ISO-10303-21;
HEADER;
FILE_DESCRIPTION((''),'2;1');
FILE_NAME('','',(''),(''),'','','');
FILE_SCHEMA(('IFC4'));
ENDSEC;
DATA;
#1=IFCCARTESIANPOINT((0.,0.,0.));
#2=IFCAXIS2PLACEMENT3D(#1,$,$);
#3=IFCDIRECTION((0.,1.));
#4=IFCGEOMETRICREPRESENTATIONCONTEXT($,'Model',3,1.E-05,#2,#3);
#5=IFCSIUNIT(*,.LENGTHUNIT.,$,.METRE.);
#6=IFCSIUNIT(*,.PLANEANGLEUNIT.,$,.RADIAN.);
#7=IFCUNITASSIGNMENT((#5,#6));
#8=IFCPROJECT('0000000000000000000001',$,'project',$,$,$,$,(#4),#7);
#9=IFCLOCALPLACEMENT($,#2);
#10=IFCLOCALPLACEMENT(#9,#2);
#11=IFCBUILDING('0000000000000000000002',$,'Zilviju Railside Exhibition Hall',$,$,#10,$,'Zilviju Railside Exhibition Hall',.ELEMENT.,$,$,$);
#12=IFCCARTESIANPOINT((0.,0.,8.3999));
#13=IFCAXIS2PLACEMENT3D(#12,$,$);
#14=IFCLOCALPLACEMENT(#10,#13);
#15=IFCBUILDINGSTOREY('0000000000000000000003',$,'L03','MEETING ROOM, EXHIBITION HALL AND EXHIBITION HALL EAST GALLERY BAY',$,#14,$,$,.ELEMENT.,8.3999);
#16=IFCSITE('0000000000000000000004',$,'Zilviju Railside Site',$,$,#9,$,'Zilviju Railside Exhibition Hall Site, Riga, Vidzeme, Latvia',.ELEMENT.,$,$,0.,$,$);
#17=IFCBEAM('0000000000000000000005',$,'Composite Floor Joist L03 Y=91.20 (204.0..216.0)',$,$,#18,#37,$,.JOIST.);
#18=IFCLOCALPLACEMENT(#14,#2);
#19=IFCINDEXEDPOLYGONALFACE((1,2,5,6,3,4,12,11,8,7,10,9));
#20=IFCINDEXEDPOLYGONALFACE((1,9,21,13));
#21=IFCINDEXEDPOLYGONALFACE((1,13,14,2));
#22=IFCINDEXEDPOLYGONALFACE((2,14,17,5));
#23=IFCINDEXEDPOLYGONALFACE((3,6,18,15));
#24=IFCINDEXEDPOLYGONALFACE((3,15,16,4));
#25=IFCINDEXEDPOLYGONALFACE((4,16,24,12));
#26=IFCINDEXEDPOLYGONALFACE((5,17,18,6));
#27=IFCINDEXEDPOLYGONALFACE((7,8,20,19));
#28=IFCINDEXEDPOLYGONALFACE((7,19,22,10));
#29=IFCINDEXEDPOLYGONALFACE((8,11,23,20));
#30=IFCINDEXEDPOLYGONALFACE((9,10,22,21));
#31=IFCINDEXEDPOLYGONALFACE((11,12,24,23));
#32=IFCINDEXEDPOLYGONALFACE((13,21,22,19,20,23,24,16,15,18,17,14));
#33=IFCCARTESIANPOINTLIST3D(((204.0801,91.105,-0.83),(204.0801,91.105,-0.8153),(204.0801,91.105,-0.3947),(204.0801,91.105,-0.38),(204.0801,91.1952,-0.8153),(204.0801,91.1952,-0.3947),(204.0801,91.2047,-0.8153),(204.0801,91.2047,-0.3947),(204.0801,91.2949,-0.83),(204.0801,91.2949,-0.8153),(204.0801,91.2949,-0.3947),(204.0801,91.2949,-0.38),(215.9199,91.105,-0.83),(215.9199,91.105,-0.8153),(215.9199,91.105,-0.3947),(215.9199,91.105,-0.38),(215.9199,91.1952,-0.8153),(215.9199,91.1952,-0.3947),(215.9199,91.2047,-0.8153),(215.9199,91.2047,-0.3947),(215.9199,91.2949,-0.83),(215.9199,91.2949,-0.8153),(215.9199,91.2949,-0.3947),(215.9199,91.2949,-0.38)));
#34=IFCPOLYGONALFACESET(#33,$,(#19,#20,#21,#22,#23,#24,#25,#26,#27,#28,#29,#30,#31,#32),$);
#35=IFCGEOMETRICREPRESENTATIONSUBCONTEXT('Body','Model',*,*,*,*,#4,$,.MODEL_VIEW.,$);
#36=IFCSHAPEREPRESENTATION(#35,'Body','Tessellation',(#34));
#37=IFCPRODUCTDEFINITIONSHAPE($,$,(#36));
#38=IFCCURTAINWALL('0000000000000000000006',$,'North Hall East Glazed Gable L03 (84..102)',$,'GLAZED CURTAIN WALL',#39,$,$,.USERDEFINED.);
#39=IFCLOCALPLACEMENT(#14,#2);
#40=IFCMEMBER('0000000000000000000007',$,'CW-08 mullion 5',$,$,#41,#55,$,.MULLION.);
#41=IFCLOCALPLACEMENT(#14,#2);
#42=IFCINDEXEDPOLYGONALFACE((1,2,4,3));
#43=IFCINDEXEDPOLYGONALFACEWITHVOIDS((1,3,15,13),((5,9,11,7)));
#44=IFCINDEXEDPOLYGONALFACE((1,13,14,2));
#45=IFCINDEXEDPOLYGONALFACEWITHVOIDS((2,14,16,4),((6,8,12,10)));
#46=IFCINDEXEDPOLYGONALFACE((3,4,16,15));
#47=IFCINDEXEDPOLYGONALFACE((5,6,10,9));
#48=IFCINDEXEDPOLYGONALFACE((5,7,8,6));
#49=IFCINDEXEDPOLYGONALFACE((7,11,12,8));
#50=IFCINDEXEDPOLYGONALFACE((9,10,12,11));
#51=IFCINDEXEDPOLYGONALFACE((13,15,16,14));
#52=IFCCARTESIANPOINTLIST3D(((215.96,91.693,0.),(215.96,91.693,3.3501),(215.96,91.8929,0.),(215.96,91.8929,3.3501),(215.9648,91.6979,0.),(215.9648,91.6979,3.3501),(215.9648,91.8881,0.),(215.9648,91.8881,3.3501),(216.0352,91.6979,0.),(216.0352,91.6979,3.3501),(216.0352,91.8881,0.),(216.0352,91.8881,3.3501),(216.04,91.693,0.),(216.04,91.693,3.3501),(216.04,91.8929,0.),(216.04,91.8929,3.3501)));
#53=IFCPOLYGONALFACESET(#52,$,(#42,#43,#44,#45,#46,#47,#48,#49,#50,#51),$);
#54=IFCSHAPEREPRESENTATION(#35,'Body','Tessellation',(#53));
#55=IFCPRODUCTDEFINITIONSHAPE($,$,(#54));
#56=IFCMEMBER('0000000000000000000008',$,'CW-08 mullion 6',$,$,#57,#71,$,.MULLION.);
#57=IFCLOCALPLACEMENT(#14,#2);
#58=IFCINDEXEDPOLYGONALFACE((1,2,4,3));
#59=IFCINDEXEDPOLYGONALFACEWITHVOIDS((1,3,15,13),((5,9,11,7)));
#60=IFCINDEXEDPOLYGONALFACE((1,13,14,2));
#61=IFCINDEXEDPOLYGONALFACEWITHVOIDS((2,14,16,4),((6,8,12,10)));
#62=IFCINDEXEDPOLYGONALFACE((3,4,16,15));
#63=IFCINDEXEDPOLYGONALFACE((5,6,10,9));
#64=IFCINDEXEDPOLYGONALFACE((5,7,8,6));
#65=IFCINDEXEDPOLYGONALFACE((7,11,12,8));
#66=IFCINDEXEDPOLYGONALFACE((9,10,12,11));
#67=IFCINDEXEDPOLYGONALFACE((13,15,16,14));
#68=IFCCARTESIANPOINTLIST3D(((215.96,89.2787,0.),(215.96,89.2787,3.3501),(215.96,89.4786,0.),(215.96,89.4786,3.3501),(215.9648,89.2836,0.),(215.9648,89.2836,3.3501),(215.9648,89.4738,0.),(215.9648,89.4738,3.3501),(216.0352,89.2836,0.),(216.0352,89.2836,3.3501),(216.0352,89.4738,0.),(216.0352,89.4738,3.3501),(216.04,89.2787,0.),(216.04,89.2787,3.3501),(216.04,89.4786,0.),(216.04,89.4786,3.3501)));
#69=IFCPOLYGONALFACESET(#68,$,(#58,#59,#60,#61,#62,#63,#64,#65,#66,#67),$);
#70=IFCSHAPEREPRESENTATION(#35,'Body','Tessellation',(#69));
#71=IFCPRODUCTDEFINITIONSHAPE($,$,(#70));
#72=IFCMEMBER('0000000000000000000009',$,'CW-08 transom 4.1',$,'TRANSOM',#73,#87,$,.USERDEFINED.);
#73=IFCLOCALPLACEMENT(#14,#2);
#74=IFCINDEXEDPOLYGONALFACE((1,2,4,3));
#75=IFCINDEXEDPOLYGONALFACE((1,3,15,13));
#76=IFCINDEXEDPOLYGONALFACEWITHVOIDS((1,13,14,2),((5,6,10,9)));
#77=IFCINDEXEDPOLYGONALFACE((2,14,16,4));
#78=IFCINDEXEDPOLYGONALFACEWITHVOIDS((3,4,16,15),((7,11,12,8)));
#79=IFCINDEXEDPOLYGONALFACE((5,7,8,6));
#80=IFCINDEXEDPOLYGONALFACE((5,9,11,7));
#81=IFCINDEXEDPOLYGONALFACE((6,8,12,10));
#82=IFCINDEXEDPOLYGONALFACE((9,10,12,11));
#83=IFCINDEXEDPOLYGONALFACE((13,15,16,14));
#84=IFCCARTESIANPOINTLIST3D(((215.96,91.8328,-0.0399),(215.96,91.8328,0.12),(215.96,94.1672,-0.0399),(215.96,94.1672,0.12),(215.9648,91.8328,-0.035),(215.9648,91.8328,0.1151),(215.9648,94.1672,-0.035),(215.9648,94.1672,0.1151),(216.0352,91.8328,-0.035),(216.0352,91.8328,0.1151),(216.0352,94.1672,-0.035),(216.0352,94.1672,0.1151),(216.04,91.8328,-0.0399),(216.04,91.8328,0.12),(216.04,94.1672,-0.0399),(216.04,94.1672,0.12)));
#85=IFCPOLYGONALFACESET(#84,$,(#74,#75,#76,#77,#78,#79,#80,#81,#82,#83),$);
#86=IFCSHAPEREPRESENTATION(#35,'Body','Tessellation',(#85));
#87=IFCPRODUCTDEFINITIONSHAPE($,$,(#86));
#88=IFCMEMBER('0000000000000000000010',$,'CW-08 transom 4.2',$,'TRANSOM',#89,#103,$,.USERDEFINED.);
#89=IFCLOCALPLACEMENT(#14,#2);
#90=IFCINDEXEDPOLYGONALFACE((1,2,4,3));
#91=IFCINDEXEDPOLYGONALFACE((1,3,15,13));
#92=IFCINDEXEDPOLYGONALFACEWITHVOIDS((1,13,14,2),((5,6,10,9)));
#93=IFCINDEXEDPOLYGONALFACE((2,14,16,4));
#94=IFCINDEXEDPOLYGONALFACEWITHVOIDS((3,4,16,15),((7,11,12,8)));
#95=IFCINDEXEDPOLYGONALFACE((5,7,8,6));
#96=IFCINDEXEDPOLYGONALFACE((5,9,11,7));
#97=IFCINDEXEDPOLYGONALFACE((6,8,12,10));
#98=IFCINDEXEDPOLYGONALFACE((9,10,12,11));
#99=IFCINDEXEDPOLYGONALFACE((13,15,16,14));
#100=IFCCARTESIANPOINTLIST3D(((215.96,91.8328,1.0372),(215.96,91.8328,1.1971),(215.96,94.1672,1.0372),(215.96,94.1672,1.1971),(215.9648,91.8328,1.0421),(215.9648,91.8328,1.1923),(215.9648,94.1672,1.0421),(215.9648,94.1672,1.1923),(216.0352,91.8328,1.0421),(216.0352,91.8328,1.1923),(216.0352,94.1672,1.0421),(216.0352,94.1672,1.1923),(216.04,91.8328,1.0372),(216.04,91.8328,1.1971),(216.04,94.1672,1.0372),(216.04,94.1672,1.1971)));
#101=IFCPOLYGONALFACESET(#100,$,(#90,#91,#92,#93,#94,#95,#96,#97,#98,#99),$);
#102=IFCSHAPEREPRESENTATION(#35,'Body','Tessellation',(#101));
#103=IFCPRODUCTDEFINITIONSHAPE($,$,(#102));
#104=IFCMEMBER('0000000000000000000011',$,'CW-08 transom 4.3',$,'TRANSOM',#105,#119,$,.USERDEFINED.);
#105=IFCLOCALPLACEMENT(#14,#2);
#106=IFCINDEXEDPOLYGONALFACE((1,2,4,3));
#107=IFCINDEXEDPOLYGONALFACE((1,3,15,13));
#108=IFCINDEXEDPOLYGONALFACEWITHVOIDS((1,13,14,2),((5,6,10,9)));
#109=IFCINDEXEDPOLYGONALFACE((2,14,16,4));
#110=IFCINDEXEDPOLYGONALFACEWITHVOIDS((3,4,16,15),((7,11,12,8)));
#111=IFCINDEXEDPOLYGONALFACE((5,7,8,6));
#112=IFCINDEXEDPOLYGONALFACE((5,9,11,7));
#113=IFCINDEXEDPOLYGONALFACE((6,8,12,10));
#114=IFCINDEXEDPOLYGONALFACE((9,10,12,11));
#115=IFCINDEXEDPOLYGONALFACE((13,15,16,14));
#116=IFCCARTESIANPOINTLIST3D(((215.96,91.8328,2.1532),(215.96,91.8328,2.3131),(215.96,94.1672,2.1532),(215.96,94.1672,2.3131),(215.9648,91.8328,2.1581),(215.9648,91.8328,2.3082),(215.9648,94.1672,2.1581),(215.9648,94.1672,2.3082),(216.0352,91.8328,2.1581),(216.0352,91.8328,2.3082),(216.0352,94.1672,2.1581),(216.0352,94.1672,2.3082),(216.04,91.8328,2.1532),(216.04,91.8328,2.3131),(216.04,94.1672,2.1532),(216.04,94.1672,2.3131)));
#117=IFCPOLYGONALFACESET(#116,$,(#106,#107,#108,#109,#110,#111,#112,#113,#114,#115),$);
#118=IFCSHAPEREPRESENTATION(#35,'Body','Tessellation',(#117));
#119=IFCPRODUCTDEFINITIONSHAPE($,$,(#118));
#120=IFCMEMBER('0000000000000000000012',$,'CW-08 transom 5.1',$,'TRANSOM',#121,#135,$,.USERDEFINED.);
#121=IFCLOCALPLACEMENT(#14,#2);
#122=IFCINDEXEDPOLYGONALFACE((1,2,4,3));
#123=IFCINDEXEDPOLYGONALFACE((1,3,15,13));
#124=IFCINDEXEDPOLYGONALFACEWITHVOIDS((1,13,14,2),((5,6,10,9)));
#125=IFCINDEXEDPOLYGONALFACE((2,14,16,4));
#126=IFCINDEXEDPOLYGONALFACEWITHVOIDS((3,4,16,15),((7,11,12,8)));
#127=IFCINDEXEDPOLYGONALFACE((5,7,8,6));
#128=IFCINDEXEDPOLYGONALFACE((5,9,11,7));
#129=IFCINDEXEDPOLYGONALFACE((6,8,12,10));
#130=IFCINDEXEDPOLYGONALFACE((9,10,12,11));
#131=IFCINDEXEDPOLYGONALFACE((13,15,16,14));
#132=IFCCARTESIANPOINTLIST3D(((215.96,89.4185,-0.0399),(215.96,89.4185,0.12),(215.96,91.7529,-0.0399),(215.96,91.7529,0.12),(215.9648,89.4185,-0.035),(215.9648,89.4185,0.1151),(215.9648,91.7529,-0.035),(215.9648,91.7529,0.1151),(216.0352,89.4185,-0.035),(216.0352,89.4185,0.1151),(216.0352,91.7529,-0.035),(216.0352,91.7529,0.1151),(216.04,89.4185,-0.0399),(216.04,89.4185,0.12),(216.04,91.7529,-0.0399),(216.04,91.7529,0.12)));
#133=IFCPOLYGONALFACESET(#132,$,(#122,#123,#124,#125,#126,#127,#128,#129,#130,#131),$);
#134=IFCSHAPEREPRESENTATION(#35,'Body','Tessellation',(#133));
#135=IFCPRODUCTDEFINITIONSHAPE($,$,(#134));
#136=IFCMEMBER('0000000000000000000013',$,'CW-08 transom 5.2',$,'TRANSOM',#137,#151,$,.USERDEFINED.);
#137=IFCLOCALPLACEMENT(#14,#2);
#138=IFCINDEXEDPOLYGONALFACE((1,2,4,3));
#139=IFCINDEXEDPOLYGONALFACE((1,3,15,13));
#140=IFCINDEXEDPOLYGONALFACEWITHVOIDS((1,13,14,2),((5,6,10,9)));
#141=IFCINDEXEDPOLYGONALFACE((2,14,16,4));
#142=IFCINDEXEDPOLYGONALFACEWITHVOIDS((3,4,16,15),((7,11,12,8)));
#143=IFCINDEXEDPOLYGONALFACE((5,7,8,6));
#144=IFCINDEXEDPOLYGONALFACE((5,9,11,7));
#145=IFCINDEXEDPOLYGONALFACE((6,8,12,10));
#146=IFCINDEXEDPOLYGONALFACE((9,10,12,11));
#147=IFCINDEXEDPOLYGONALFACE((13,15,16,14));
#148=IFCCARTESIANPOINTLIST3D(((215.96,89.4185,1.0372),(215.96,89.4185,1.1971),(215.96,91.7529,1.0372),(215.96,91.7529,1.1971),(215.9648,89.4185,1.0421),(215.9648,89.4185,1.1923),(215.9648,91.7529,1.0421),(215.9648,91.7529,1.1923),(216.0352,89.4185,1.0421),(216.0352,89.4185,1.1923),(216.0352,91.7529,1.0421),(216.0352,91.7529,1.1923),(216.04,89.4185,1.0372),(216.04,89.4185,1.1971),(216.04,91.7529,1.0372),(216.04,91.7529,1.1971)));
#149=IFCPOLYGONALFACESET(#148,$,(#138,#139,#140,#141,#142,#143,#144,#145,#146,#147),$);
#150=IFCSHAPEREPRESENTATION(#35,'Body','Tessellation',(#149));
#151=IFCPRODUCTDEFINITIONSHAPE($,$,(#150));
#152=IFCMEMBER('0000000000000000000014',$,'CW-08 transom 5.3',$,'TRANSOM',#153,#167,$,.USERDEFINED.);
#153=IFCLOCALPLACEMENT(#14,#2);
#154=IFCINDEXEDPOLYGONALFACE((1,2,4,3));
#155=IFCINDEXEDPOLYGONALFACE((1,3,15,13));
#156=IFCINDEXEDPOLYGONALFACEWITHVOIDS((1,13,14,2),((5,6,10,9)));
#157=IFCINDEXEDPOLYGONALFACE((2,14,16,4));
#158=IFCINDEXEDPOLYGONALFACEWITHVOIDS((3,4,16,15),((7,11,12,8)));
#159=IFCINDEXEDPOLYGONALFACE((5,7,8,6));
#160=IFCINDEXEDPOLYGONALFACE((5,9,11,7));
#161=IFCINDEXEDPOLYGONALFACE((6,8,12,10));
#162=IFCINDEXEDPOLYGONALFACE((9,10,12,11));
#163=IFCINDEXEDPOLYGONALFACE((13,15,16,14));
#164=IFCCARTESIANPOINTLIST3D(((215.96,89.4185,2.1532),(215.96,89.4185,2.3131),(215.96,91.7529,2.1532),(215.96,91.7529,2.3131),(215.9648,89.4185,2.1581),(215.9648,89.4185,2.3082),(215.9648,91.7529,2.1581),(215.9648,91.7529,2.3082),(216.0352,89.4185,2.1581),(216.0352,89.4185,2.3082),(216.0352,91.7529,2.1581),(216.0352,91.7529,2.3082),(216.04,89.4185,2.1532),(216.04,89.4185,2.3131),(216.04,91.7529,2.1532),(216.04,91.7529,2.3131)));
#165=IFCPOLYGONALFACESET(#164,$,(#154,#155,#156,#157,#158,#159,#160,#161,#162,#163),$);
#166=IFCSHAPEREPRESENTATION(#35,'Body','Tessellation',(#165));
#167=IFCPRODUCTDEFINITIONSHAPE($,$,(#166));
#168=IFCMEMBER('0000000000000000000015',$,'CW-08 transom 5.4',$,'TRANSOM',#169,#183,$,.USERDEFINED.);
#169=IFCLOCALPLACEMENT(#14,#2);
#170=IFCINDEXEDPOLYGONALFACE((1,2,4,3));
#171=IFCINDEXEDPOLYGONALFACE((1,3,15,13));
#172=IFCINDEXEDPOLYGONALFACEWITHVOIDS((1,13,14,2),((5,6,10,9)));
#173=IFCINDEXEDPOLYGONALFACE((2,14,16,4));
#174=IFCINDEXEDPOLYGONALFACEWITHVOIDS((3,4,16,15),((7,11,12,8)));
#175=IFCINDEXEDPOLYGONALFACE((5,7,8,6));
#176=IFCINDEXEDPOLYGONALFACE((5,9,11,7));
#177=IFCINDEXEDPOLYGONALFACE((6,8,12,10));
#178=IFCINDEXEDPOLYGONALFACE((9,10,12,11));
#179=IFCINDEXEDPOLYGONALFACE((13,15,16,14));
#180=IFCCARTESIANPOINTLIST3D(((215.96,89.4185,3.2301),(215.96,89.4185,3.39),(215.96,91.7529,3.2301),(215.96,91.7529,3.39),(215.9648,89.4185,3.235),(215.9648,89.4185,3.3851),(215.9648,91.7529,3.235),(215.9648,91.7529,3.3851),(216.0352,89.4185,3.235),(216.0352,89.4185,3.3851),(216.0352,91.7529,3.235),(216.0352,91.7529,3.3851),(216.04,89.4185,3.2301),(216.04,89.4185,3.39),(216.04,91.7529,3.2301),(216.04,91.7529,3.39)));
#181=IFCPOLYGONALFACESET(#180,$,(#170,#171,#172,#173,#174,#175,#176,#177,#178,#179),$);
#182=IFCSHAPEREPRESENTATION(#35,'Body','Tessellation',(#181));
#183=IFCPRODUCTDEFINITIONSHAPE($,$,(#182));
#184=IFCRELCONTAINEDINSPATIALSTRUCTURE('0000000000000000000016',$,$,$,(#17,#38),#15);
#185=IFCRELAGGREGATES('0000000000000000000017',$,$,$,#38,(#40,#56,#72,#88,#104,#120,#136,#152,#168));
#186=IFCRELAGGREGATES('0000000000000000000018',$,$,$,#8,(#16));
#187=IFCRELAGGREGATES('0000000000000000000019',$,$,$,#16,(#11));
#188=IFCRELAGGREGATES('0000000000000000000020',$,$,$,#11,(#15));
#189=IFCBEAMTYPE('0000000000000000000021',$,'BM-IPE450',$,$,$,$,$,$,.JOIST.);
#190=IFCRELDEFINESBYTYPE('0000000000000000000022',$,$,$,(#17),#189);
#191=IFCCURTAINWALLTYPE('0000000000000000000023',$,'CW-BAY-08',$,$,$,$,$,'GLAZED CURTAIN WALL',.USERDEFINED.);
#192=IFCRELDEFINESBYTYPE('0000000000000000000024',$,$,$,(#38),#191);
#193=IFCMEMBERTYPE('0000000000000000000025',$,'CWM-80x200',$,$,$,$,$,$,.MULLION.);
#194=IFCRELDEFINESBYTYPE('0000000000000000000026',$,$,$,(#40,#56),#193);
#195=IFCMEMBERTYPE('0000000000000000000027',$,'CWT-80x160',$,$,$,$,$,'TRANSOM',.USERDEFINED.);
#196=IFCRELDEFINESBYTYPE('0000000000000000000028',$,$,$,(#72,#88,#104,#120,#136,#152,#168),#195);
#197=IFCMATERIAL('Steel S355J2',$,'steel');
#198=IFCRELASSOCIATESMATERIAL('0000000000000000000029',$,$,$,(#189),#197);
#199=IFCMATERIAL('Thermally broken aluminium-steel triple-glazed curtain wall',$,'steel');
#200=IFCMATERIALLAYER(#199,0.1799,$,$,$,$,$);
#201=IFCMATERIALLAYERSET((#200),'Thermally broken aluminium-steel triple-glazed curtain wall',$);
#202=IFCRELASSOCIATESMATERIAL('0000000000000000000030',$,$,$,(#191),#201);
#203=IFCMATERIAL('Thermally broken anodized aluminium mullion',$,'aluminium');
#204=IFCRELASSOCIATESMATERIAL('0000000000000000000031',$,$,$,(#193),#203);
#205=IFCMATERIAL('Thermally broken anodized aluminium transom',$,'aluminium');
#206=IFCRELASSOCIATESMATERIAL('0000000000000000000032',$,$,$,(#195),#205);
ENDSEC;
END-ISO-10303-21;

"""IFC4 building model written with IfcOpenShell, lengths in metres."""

from ifc_helpers import new_model, si_unit, direction, frame, origin, origin_2d, place, context, subcontext, project, spatial, hollow_rectangle, i_section, extrude, material, layer, layer_set, material_profile, profile_set, type_object, element, aggregate, save


model = new_model("IFC4")

# Units and contexts
model_context = context("Model", 3, precision=1e-05, world=origin(), true_north=direction((0.0, 1.0)))
body_context = subcontext(model_context, "Body", "Model", "MODEL_VIEW")
ifc_project = project(units=[si_unit("LENGTHUNIT", "METRE"), si_unit("PLANEANGLEUNIT", "RADIAN")], contexts=[model_context])

# Site, building, storey
site_placement = place(None, origin())
site = spatial("IfcSite", under=ifc_project, at=site_placement, Name="Zilviju Railside Site", LongName="Zilviju Railside Exhibition Hall Site, Riga, Vidzeme, Latvia", CompositionType="ELEMENT", RefElevation=0.0)
building_placement = place(site_placement, origin())
building = spatial("IfcBuilding", under=site, at=building_placement, Name="Zilviju Railside Exhibition Hall", LongName="Zilviju Railside Exhibition Hall", CompositionType="ELEMENT")
storey_placement = place(building_placement, frame((0.0, 0.0, 8.3999)))
storey = spatial("IfcBuildingStorey", under=building, at=storey_placement, Name="L03", Description="MEETING ROOM, EXHIBITION HALL AND EXHIBITION HALL EAST GALLERY BAY", CompositionType="ELEMENT", Elevation=8.3999)

# Beam
ifc_material_1 = material(Name="Steel S355J2", Category="steel")
ifc_material_profile_1 = material_profile(ifc_material_1, i_section(OverallWidth=0.1899, OverallDepth=0.45, WebThickness=0.0095, FlangeThickness=0.0146, at=origin_2d()), Name="IPE 450")
ifc_profile_set_1 = profile_set([ifc_material_profile_1], Name="Steel S355J2")
beam_type = type_object("IfcBeamType", Name="BM-IPE450", PredefinedType="JOIST", material=ifc_profile_set_1)
beam_placement = place(storey_placement, frame((204.0801, 91.2, -0.605), z_axis=(1.0, 0.0, 0.0), x_axis=(0.0, 1.0, 0.0)))
element("IfcBeam", 1, at=beam_placement, inside=storey, type_object=beam_type, Name="Composite Floor Joist L03 Y=91.20 (204.0..216.0)", PredefinedType="JOIST", context=body_context, shape_type="SweptSolid", body=[
    extrude(i_section(OverallWidth=0.1899, OverallDepth=0.45, WebThickness=0.0095, FlangeThickness=0.0146, at=origin_2d()), origin(), (0.0, 0.0, 1.0), 11.8398),
])

# Curtain wall, members
ifc_material_2 = material(Name="Thermally broken aluminium-steel triple-glazed curtain wall", Category="steel")
ifc_layer_1 = layer(ifc_material_2, 0.1799)
ifc_layer_set_1 = layer_set([ifc_layer_1], Name="Thermally broken aluminium-steel triple-glazed curtain wall")
curtain_wall_type = type_object("IfcCurtainWallType", Name="CW-BAY-08", ElementType="GLAZED CURTAIN WALL", PredefinedType="USERDEFINED", material=ifc_layer_set_1)
curtain_wall_placement = place(storey_placement, origin())
curtain_wall = element("IfcCurtainWall", 2, at=curtain_wall_placement, inside=storey, type_object=curtain_wall_type, Name="North Hall East Glazed Gable L03 (84..102)", ObjectType="GLAZED CURTAIN WALL", PredefinedType="USERDEFINED")
ifc_material_3 = material(Name="Thermally broken anodized aluminium mullion", Category="aluminium")
ifc_material_profile_2 = material_profile(ifc_material_3, hollow_rectangle(XDim=0.0801, YDim=0.2, WallThickness=0.0049, at=origin_2d()), Name="MULLION 200x80x5")
ifc_profile_set_2 = profile_set([ifc_material_profile_2], Name="Thermally broken anodized aluminium mullion")
member_type_1 = type_object("IfcMemberType", Name="CWM-80x200", PredefinedType="MULLION", material=ifc_profile_set_2)
member_1_placement = place(storey_placement, frame((216.0, 91.793, 0.0), z_axis=(0.0, 0.0, 1.0), x_axis=(1.0, 0.0, 0.0)))
member_1 = element("IfcMember", 3, at=member_1_placement, type_object=member_type_1, Name="CW-08 mullion 5", PredefinedType="MULLION", context=body_context, shape_type="SweptSolid", body=[
    extrude(hollow_rectangle(XDim=0.0801, YDim=0.2, WallThickness=0.0049, at=origin_2d()), origin(), (0.0, 0.0, 1.0), 3.3501),
])
member_2_placement = place(storey_placement, frame((216.0, 89.3787, 0.0), z_axis=(0.0, 0.0, 1.0), x_axis=(1.0, 0.0, 0.0)))
member_2 = element("IfcMember", 4, at=member_2_placement, type_object=member_type_1, Name="CW-08 mullion 6", PredefinedType="MULLION", context=body_context, shape_type="SweptSolid", body=[
    extrude(hollow_rectangle(XDim=0.0801, YDim=0.2, WallThickness=0.0049, at=origin_2d()), origin(), (0.0, 0.0, 1.0), 3.3501),
])
ifc_material_4 = material(Name="Thermally broken anodized aluminium transom", Category="aluminium")
ifc_material_profile_3 = material_profile(ifc_material_4, hollow_rectangle(XDim=0.0801, YDim=0.1599, WallThickness=0.0049, at=origin_2d()), Name="TRANSOM 160x80x5")
ifc_profile_set_3 = profile_set([ifc_material_profile_3], Name="Thermally broken anodized aluminium transom")
member_type_2 = type_object("IfcMemberType", Name="CWT-80x160", ElementType="TRANSOM", PredefinedType="USERDEFINED", material=ifc_profile_set_3)
member_3_placement = place(storey_placement, frame((216.0, 94.1672, 0.04), z_axis=(0.0, -1.0, 0.0), x_axis=(1.0, 0.0, 0.0)))
member_3 = element("IfcMember", 5, at=member_3_placement, type_object=member_type_2, Name="CW-08 transom 4.1", ObjectType="TRANSOM", PredefinedType="USERDEFINED", context=body_context, shape_type="SweptSolid", body=[
    extrude(hollow_rectangle(XDim=0.0801, YDim=0.1599, WallThickness=0.0049, at=origin_2d()), origin(), (0.0, 0.0, 1.0), 2.3345),
])
member_4_placement = place(storey_placement, frame((216.0, 94.1672, 1.1172), z_axis=(0.0, -1.0, 0.0), x_axis=(1.0, 0.0, 0.0)))
member_4 = element("IfcMember", 6, at=member_4_placement, type_object=member_type_2, Name="CW-08 transom 4.2", ObjectType="TRANSOM", PredefinedType="USERDEFINED", context=body_context, shape_type="SweptSolid", body=[
    extrude(hollow_rectangle(XDim=0.0801, YDim=0.1599, WallThickness=0.0049, at=origin_2d()), origin(), (0.0, 0.0, 1.0), 2.3345),
])
member_5_placement = place(storey_placement, frame((216.0, 94.1672, 2.2332), z_axis=(0.0, -1.0, 0.0), x_axis=(1.0, 0.0, 0.0)))
member_5 = element("IfcMember", 7, at=member_5_placement, type_object=member_type_2, Name="CW-08 transom 4.3", ObjectType="TRANSOM", PredefinedType="USERDEFINED", context=body_context, shape_type="SweptSolid", body=[
    extrude(hollow_rectangle(XDim=0.0801, YDim=0.1599, WallThickness=0.0049, at=origin_2d()), origin(), (0.0, 0.0, 1.0), 2.3345),
])
member_6_placement = place(storey_placement, frame((216.0, 91.7529, 0.04), z_axis=(0.0, -1.0, 0.0), x_axis=(1.0, 0.0, 0.0)))
member_6 = element("IfcMember", 8, at=member_6_placement, type_object=member_type_2, Name="CW-08 transom 5.1", ObjectType="TRANSOM", PredefinedType="USERDEFINED", context=body_context, shape_type="SweptSolid", body=[
    extrude(hollow_rectangle(XDim=0.0801, YDim=0.1599, WallThickness=0.0049, at=origin_2d()), origin(), (0.0, 0.0, 1.0), 2.3345),
])
member_7_placement = place(storey_placement, frame((216.0, 91.7529, 1.1172), z_axis=(0.0, -1.0, 0.0), x_axis=(1.0, 0.0, 0.0)))
member_7 = element("IfcMember", 9, at=member_7_placement, type_object=member_type_2, Name="CW-08 transom 5.2", ObjectType="TRANSOM", PredefinedType="USERDEFINED", context=body_context, shape_type="SweptSolid", body=[
    extrude(hollow_rectangle(XDim=0.0801, YDim=0.1599, WallThickness=0.0049, at=origin_2d()), origin(), (0.0, 0.0, 1.0), 2.3345),
])
member_8_placement = place(storey_placement, frame((216.0, 91.7529, 2.2332), z_axis=(0.0, -1.0, 0.0), x_axis=(1.0, 0.0, 0.0)))
member_8 = element("IfcMember", 10, at=member_8_placement, type_object=member_type_2, Name="CW-08 transom 5.3", ObjectType="TRANSOM", PredefinedType="USERDEFINED", context=body_context, shape_type="SweptSolid", body=[
    extrude(hollow_rectangle(XDim=0.0801, YDim=0.1599, WallThickness=0.0049, at=origin_2d()), origin(), (0.0, 0.0, 1.0), 2.3345),
])
member_9_placement = place(storey_placement, frame((216.0, 91.7529, 3.3101), z_axis=(0.0, -1.0, 0.0), x_axis=(1.0, 0.0, 0.0)))
member_9 = element("IfcMember", 11, at=member_9_placement, type_object=member_type_2, Name="CW-08 transom 5.4", ObjectType="TRANSOM", PredefinedType="USERDEFINED", context=body_context, shape_type="SweptSolid", body=[
    extrude(hollow_rectangle(XDim=0.0801, YDim=0.1599, WallThickness=0.0049, at=origin_2d()), origin(), (0.0, 0.0, 1.0), 2.3345),
])
aggregate(curtain_wall, [member_1, member_2, member_3, member_4, member_5, member_6, member_7, member_8, member_9])

save(model, "model.ifc")
